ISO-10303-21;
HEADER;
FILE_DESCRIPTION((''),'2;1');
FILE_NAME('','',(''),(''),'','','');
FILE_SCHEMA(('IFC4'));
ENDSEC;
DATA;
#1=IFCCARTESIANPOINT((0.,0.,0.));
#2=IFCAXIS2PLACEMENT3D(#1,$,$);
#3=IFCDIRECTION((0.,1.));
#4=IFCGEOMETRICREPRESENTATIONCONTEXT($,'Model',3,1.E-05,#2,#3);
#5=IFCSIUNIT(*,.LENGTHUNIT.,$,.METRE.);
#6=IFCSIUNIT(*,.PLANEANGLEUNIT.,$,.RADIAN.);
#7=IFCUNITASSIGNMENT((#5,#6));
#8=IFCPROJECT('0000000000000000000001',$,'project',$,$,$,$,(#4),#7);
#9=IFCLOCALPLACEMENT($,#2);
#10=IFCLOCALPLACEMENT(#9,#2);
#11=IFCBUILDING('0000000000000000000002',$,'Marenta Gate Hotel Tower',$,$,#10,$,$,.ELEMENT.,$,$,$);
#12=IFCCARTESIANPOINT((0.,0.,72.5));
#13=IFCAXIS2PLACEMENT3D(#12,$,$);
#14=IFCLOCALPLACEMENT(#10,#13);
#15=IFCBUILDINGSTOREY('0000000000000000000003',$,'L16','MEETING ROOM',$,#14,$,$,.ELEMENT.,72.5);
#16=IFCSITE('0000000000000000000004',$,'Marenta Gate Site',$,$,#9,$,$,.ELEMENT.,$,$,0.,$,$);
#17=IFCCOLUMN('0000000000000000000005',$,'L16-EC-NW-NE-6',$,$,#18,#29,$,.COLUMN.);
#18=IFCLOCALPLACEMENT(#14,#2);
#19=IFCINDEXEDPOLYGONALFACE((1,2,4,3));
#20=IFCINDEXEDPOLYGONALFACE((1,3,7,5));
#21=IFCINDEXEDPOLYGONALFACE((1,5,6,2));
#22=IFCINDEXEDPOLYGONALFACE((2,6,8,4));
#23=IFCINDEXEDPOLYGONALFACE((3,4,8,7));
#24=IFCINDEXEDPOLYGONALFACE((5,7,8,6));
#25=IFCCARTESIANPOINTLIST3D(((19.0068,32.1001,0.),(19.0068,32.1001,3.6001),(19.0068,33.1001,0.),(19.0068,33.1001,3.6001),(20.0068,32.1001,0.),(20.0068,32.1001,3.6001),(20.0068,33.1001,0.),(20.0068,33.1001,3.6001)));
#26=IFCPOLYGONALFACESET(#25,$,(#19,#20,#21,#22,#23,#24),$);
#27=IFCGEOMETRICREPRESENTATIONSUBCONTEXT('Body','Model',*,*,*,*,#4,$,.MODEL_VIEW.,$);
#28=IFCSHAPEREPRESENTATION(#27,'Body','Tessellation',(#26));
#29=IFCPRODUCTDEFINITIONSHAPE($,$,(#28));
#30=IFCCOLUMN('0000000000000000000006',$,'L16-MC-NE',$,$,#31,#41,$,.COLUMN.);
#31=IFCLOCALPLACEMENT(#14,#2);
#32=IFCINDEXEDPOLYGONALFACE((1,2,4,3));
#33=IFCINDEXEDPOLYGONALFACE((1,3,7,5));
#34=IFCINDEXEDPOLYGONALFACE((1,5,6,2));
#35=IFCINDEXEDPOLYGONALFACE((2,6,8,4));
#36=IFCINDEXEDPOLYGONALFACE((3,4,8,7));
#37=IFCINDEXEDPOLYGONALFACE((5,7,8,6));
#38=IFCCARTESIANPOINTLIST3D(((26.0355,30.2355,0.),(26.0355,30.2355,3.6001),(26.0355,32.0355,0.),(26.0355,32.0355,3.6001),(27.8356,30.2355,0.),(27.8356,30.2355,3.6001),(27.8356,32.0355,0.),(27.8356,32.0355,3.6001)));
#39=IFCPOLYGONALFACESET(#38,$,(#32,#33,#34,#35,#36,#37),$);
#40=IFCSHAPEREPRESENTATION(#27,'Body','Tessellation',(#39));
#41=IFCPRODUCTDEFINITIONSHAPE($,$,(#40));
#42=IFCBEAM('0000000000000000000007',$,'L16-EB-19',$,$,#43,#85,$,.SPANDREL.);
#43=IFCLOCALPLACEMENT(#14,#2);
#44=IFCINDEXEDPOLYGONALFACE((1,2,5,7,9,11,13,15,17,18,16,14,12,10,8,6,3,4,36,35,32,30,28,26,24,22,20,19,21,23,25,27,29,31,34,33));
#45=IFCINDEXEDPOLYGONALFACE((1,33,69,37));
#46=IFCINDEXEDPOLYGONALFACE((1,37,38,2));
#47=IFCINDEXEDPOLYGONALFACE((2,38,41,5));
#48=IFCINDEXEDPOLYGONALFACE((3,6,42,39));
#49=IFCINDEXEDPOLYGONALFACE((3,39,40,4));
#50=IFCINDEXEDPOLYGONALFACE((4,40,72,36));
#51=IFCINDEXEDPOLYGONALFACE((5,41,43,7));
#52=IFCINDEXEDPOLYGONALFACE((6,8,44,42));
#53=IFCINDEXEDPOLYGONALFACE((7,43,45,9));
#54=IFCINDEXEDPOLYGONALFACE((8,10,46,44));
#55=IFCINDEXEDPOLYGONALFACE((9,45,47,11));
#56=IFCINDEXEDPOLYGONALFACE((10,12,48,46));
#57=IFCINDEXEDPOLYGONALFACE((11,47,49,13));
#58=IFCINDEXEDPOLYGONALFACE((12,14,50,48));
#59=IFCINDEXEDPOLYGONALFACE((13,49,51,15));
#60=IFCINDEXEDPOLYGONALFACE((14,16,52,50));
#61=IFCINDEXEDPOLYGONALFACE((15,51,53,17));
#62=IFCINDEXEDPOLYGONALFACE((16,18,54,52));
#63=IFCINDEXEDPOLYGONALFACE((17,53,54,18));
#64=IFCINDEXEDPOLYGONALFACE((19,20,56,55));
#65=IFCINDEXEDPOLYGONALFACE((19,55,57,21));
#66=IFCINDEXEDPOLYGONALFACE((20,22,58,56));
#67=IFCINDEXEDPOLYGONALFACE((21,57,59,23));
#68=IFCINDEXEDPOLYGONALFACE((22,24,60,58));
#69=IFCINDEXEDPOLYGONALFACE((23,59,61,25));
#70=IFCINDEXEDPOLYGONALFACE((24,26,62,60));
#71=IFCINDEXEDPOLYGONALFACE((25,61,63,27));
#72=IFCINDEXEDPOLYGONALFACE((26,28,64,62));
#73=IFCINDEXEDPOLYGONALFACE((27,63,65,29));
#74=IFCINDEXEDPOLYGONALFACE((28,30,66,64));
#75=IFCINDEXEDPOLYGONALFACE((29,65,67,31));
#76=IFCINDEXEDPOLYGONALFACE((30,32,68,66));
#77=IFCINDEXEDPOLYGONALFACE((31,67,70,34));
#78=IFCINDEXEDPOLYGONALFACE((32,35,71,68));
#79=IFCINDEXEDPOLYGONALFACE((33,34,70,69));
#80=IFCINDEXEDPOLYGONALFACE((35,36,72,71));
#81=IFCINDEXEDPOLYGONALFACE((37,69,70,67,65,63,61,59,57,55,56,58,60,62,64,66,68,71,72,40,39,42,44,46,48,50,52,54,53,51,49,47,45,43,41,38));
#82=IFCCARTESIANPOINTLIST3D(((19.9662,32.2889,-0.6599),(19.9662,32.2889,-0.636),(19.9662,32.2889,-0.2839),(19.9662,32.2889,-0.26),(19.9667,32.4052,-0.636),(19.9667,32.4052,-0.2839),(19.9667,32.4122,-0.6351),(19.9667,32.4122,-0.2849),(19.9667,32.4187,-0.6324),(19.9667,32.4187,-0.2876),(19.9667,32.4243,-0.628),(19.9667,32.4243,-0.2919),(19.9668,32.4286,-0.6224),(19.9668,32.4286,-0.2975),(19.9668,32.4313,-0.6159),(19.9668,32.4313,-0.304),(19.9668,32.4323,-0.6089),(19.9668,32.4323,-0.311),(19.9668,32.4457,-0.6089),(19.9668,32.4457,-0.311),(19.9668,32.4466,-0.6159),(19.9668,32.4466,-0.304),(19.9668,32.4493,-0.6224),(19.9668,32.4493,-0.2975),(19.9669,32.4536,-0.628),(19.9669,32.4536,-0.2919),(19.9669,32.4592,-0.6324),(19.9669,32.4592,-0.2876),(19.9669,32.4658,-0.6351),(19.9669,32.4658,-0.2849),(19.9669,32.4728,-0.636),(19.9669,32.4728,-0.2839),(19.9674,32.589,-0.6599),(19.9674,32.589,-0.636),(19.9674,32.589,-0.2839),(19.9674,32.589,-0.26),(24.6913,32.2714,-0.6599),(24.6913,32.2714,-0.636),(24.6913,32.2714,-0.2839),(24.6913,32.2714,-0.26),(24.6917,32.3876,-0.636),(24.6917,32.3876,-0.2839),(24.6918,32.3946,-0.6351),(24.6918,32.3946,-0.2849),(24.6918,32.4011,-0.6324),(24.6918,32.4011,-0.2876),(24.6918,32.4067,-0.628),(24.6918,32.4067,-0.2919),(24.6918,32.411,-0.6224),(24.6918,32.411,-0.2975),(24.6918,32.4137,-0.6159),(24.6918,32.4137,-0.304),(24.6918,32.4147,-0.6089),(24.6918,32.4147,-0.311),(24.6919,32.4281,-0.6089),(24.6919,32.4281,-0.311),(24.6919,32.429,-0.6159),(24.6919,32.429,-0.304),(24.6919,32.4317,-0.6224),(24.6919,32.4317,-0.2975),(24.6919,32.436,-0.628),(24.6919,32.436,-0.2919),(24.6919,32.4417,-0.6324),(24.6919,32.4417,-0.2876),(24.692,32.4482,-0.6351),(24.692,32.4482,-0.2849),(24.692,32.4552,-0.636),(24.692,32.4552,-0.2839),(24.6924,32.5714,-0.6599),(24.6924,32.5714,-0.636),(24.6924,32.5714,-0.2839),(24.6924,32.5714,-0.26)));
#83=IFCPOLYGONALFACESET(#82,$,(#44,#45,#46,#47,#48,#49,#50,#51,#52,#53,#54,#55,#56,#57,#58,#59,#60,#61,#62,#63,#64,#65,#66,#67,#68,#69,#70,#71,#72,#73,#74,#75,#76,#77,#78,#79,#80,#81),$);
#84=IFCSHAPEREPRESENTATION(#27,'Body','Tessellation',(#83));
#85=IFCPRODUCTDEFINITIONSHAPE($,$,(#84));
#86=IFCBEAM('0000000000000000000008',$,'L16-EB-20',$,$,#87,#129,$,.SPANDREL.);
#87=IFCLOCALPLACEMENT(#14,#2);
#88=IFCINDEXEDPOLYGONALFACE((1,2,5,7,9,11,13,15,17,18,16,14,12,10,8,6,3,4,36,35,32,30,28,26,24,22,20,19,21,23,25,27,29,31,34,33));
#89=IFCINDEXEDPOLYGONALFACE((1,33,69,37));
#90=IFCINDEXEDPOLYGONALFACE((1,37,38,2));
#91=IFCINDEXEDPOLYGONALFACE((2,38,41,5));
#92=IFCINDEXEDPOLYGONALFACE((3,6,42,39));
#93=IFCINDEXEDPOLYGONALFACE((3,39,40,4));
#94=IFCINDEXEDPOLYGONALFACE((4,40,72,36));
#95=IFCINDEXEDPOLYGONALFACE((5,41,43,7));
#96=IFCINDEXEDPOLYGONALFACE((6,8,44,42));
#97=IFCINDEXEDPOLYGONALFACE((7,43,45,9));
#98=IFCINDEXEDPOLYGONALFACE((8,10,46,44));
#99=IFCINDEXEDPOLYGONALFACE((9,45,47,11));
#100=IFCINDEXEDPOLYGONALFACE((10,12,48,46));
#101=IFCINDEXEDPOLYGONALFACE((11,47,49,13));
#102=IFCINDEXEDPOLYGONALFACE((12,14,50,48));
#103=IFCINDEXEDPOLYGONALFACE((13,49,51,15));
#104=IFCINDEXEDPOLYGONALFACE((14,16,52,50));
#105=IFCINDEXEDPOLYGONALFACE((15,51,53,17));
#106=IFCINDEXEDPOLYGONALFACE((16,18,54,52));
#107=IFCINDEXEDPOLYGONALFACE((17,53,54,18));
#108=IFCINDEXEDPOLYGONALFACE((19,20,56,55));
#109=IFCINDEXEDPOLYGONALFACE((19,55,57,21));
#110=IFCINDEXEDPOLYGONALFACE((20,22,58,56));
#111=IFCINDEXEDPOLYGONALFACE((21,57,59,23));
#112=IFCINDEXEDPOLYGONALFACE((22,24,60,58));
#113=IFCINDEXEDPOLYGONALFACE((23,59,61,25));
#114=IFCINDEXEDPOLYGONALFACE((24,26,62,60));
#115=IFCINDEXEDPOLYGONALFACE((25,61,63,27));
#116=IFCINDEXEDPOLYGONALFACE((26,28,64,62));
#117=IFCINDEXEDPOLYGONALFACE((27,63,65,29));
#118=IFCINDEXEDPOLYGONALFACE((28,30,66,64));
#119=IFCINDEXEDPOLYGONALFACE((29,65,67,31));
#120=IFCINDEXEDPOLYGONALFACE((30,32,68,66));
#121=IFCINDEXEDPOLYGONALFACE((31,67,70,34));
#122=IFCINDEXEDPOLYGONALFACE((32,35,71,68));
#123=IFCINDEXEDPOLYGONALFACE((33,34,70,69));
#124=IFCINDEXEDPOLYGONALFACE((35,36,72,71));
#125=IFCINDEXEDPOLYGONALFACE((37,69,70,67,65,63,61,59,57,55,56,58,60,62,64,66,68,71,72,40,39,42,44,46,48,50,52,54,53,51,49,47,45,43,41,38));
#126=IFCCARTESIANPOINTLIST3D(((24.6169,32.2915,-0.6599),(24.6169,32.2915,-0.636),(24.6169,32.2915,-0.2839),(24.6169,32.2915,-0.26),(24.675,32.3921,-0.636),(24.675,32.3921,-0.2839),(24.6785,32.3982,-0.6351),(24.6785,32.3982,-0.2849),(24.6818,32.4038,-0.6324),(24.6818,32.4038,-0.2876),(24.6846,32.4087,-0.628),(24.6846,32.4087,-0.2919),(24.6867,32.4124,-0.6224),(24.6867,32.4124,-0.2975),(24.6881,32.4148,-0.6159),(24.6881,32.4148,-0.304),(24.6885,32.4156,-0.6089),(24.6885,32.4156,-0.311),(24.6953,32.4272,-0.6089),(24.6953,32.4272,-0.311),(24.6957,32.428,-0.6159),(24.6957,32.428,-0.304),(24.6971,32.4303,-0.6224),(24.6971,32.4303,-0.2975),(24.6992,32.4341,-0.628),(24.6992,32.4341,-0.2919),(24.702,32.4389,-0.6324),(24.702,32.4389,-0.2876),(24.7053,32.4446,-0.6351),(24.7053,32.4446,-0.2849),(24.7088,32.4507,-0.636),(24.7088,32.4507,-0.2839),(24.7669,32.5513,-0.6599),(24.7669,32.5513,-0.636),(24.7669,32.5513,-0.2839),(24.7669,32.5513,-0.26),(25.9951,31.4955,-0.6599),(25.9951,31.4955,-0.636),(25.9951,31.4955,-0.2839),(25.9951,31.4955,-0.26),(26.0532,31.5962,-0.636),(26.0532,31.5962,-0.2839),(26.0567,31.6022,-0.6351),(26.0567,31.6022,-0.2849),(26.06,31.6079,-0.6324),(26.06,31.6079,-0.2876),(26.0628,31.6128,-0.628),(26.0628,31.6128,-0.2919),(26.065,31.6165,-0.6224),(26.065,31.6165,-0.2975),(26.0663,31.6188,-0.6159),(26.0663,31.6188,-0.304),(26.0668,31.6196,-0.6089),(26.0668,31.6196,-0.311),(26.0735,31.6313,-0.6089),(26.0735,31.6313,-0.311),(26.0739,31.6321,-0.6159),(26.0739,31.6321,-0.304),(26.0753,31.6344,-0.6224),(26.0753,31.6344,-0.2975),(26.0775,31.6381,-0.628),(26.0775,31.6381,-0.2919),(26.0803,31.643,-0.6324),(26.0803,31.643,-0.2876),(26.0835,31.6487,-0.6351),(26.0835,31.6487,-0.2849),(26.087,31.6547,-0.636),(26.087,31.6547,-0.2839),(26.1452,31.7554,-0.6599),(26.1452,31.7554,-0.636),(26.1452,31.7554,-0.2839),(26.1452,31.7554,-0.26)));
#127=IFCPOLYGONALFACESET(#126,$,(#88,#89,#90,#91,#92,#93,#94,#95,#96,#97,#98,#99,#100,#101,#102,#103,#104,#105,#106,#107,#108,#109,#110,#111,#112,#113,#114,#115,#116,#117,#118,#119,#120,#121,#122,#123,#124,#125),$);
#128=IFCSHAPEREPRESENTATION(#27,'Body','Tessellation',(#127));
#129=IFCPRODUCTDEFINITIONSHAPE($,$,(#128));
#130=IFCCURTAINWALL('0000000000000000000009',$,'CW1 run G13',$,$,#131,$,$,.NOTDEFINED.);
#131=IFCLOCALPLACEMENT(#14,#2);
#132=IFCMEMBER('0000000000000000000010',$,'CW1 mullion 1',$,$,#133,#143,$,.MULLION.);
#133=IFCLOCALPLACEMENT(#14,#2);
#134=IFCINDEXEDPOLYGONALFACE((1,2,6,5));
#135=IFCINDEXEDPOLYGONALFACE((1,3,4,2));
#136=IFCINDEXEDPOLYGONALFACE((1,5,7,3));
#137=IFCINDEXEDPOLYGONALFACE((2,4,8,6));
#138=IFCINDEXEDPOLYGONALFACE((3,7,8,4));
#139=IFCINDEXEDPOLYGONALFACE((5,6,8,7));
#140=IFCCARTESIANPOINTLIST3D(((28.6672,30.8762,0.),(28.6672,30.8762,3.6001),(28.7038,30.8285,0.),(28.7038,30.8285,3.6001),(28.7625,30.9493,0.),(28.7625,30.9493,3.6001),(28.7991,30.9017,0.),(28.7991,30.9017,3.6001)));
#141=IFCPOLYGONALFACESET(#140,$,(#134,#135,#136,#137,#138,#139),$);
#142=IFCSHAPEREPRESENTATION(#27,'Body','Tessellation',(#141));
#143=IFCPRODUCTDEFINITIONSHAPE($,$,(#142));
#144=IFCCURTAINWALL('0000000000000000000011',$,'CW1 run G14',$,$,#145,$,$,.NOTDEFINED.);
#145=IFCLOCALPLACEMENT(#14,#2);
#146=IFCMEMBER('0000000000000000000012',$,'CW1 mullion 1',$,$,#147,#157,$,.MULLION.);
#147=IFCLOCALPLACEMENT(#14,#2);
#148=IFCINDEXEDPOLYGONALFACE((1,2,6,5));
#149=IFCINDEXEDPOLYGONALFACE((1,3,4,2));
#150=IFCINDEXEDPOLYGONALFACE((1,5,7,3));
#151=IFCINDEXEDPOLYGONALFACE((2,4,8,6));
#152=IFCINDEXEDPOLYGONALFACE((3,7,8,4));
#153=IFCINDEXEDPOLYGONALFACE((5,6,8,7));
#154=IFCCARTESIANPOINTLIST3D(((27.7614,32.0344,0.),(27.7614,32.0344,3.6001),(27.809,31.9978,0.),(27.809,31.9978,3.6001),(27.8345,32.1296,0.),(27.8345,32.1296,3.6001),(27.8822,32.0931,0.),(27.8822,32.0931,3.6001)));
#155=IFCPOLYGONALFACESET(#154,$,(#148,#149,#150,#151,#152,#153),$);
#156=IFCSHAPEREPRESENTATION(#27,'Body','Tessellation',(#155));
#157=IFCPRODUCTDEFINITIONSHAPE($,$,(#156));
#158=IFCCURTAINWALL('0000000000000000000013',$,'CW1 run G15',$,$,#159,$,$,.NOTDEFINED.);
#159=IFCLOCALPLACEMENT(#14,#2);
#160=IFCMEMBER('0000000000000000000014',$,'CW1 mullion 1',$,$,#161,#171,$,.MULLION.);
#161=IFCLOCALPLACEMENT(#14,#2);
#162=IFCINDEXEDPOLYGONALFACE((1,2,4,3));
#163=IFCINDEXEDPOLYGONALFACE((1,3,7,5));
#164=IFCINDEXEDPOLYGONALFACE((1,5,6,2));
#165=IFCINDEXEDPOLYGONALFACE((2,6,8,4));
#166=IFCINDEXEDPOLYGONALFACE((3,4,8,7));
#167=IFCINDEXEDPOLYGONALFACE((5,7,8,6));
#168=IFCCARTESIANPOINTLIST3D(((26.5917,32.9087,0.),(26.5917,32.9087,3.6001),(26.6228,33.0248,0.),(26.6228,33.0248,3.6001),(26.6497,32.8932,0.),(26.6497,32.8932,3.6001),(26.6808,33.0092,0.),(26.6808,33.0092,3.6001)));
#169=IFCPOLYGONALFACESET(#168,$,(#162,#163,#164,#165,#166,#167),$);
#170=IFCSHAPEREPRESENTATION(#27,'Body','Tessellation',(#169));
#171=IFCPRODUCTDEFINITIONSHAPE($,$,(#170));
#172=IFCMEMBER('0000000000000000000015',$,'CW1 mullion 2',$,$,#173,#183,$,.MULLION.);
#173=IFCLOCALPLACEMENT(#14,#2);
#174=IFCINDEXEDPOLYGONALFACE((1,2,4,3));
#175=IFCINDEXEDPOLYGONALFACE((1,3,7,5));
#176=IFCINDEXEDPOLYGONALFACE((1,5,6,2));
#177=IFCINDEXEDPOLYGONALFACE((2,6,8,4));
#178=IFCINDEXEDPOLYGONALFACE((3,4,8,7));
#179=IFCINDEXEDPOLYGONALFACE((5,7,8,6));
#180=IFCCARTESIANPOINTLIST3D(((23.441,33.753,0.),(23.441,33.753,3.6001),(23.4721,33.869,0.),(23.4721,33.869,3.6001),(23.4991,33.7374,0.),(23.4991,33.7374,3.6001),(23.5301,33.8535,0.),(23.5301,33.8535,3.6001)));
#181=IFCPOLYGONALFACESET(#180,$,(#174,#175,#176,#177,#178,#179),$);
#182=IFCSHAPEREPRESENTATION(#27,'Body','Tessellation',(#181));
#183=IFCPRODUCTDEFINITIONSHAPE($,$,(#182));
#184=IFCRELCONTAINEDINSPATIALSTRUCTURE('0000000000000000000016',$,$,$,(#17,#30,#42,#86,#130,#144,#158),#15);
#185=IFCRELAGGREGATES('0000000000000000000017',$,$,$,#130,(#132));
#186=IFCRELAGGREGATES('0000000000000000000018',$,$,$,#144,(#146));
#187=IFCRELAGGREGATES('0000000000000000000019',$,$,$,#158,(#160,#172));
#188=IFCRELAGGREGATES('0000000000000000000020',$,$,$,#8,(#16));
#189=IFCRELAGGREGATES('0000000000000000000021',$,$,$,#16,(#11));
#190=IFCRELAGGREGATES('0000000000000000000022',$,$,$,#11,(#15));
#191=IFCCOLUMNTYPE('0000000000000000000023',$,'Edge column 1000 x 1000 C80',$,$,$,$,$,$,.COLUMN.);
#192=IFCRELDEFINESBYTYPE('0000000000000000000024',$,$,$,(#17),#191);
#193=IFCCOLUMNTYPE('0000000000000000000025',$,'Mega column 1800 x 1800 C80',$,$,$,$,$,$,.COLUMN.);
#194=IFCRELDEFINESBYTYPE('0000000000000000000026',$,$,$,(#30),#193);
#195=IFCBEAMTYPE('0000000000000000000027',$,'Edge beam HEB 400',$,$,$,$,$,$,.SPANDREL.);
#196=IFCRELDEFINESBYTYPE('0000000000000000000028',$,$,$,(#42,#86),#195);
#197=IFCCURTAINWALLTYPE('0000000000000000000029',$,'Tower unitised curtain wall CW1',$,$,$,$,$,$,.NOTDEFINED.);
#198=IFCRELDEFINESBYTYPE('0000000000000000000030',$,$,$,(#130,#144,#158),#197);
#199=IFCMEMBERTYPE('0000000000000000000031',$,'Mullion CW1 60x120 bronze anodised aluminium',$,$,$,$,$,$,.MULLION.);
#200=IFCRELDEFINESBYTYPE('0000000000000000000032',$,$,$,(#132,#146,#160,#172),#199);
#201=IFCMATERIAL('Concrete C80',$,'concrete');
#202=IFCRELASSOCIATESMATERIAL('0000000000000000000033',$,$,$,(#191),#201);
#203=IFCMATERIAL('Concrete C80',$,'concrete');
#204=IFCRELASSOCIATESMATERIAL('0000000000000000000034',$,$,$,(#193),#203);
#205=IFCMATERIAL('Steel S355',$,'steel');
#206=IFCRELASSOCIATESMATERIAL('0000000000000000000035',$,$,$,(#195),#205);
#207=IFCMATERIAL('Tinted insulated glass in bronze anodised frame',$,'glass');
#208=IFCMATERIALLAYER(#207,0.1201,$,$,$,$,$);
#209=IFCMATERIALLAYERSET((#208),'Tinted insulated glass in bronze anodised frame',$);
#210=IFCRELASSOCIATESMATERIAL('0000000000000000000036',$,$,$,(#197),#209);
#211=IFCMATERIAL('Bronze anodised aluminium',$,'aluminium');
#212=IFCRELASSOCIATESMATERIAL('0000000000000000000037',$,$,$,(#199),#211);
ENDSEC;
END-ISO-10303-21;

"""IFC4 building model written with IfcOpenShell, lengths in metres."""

from ifc_helpers import new_model, si_unit, direction, frame, origin, origin_2d, place, context, subcontext, project, spatial, rectangle, i_section, extrude, material, layer, layer_set, material_profile, profile_set, type_object, element, aggregate, save


model = new_model("IFC4")

# Units and contexts
model_context = context("Model", 3, precision=1e-05, world=origin(), true_north=direction((0.0, 1.0)))
body_context = subcontext(model_context, "Body", "Model", "MODEL_VIEW")
ifc_project = project(units=[si_unit("LENGTHUNIT", "METRE"), si_unit("PLANEANGLEUNIT", "RADIAN")], contexts=[model_context])

# Site, building, storey
site_placement = place(None, origin())
site = spatial("IfcSite", under=ifc_project, at=site_placement, Name="Marenta Gate Site", CompositionType="ELEMENT", RefElevation=0.0)
building_placement = place(site_placement, origin())
building = spatial("IfcBuilding", under=site, at=building_placement, Name="Marenta Gate Hotel Tower", CompositionType="ELEMENT")
storey_placement = place(building_placement, frame((0.0, 0.0, 72.5)))
storey = spatial("IfcBuildingStorey", under=building, at=storey_placement, Name="L16", Description="MEETING ROOM", CompositionType="ELEMENT", Elevation=72.5)

# Columns
ifc_material_1 = material(Name="Concrete C80", Category="concrete")
ifc_material_profile_1 = material_profile(ifc_material_1, rectangle(XDim=1.0, YDim=1.0, at=origin_2d()), Name="1000 x 1000")
ifc_profile_set_1 = profile_set([ifc_material_profile_1], Name="Concrete C80")
column_type_1 = type_object("IfcColumnType", Name="Edge column 1000 x 1000 C80", PredefinedType="COLUMN", material=ifc_profile_set_1)
column_1_placement = place(storey_placement, frame((19.5068, 32.6001, 0.0), z_axis=(0.0, 0.0, 1.0), x_axis=(1.0, 0.0, 0.0)))
element("IfcColumn", 1, at=column_1_placement, inside=storey, type_object=column_type_1, Name="L16-EC-NW-NE-6", PredefinedType="COLUMN", context=body_context, shape_type="SweptSolid", body=[
    extrude(rectangle(XDim=1.0, YDim=1.0, at=origin_2d()), origin(), (0.0, 0.0, 1.0), 3.6001),
])
ifc_material_2 = material(Name="Concrete C80", Category="concrete")
ifc_material_profile_2 = material_profile(ifc_material_2, rectangle(XDim=1.8, YDim=1.8, at=origin_2d()), Name="1800 x 1800")
ifc_profile_set_2 = profile_set([ifc_material_profile_2], Name="Concrete C80")
column_type_2 = type_object("IfcColumnType", Name="Mega column 1800 x 1800 C80", PredefinedType="COLUMN", material=ifc_profile_set_2)
column_2_placement = place(storey_placement, frame((26.9355, 31.1355, 0.0), z_axis=(0.0, 0.0, 1.0), x_axis=(1.0, 0.0, 0.0)))
element("IfcColumn", 2, at=column_2_placement, inside=storey, type_object=column_type_2, Name="L16-MC-NE", PredefinedType="COLUMN", context=body_context, shape_type="SweptSolid", body=[
    extrude(rectangle(XDim=1.8, YDim=1.8, at=origin_2d()), origin(), (0.0, 0.0, 1.0), 3.6001),
])

# Beams
ifc_material_3 = material(Name="Steel S355", Category="steel")
ifc_material_profile_3 = material_profile(ifc_material_3, i_section(OverallWidth=0.3, OverallDepth=0.3999, WebThickness=0.0134, FlangeThickness=0.0239, FilletRadius=0.0271, at=origin_2d()), Name="HEB 400")
ifc_profile_set_3 = profile_set([ifc_material_profile_3], Name="Steel S355")
beam_type = type_object("IfcBeamType", Name="Edge beam HEB 400", PredefinedType="SPANDREL", material=ifc_profile_set_3)
beam_1_placement = place(storey_placement, frame((19.9668, 32.439, -0.46), z_axis=(0.999993, -0.00372, 0.0), x_axis=(0.00372, 0.999993, 0.0)))
element("IfcBeam", 3, at=beam_1_placement, inside=storey, type_object=beam_type, Name="L16-EB-19", PredefinedType="SPANDREL", context=body_context, shape_type="SweptSolid", body=[
    extrude(i_section(OverallWidth=0.3, OverallDepth=0.3999, WebThickness=0.0134, FlangeThickness=0.0239, FilletRadius=0.0271, at=origin_2d()), origin(), (0.0, 0.0, 1.0), 4.7251),
])
beam_2_placement = place(storey_placement, frame((24.6919, 32.4214, -0.46), z_axis=(0.865968, -0.500099, 0.0), x_axis=(0.500099, 0.865968, 0.0)))
element("IfcBeam", 4, at=beam_2_placement, inside=storey, type_object=beam_type, Name="L16-EB-20", PredefinedType="SPANDREL", context=body_context, shape_type="SweptSolid", body=[
    extrude(i_section(OverallWidth=0.3, OverallDepth=0.3999, WebThickness=0.0134, FlangeThickness=0.0239, FilletRadius=0.0271, at=origin_2d()), origin(), (0.0, 0.0, 1.0), 1.5916),
])

# Curtain walls, members
ifc_material_4 = material(Name="Tinted insulated glass in bronze anodised frame", Category="glass")
ifc_layer_1 = layer(ifc_material_4, 0.1201)
ifc_layer_set_1 = layer_set([ifc_layer_1], Name="Tinted insulated glass in bronze anodised frame")
curtain_wall_type = type_object("IfcCurtainWallType", Name="Tower unitised curtain wall CW1", PredefinedType="NOTDEFINED", material=ifc_layer_set_1)
curtain_wall_1_placement = place(storey_placement, origin())
curtain_wall_1 = element("IfcCurtainWall", 5, at=curtain_wall_1_placement, inside=storey, type_object=curtain_wall_type, Name="CW1 run G13", PredefinedType="NOTDEFINED")
ifc_material_5 = material(Name="Bronze anodised aluminium", Category="aluminium")
ifc_material_profile_4 = material_profile(ifc_material_5, rectangle(XDim=0.1201, YDim=0.0601, at=origin_2d()), Name="Mullion CW1 60x120 bronze anodised aluminium")
ifc_profile_set_4 = profile_set([ifc_material_profile_4], Name="Bronze anodised aluminium")
member_type_1 = type_object("IfcMemberType", Name="Mullion CW1 60x120 bronze anodised aluminium", PredefinedType="MULLION", material=ifc_profile_set_4)
member_1_placement = place(storey_placement, frame((28.7332, 30.8889, 0.0), z_axis=(0.0, 0.0, 1.0), x_axis=(-0.793338, -0.608781, 0.0)))
member_1 = element("IfcMember", 6, at=member_1_placement, type_object=member_type_1, Name="CW1 mullion 1", PredefinedType="MULLION", context=body_context, shape_type="SweptSolid", body=[
    extrude(rectangle(XDim=0.1201, YDim=0.0601, at=origin_2d()), origin(), (0.0, 0.0, 1.0), 3.6001),
])
curtain_wall_2_placement = place(storey_placement, origin())
curtain_wall_2 = element("IfcCurtainWall", 7, at=curtain_wall_2_placement, inside=storey, type_object=curtain_wall_type, Name="CW1 run G14", PredefinedType="NOTDEFINED")
member_2_placement = place(storey_placement, frame((27.8218, 32.0637, 0.0), z_axis=(0.0, 0.0, 1.0), x_axis=(-0.608781, -0.793338, 0.0)))
member_2 = element("IfcMember", 8, at=member_2_placement, type_object=member_type_1, Name="CW1 mullion 1", PredefinedType="MULLION", context=body_context, shape_type="SweptSolid", body=[
    extrude(rectangle(XDim=0.1201, YDim=0.0601, at=origin_2d()), origin(), (0.0, 0.0, 1.0), 3.6001),
])

# Curtain wall, members
curtain_wall_3_placement = place(storey_placement, origin())
curtain_wall_3 = element("IfcCurtainWall", 9, at=curtain_wall_3_placement, inside=storey, type_object=curtain_wall_type, Name="CW1 run G15", PredefinedType="NOTDEFINED")
member_3_placement = place(storey_placement, frame((26.6362, 32.959, 0.0), z_axis=(0.0, 0.0, 1.0), x_axis=(-0.258807, -0.965929, 0.0)))
member_3 = element("IfcMember", 10, at=member_3_placement, type_object=member_type_1, Name="CW1 mullion 1", PredefinedType="MULLION", context=body_context, shape_type="SweptSolid", body=[
    extrude(rectangle(XDim=0.1201, YDim=0.0601, at=origin_2d()), origin(), (0.0, 0.0, 1.0), 3.6001),
])
member_4_placement = place(storey_placement, frame((23.4856, 33.8032, 0.0), z_axis=(0.0, 0.0, 1.0), x_axis=(-0.258807, -0.965929, 0.0)))
member_4 = element("IfcMember", 11, at=member_4_placement, type_object=member_type_1, Name="CW1 mullion 2", PredefinedType="MULLION", context=body_context, shape_type="SweptSolid", body=[
    extrude(rectangle(XDim=0.1201, YDim=0.0601, at=origin_2d()), origin(), (0.0, 0.0, 1.0), 3.6001),
])

aggregate(curtain_wall_1, [member_1])
aggregate(curtain_wall_2, [member_2])
aggregate(curtain_wall_3, [member_3, member_4])

save(model, "model.ifc")
